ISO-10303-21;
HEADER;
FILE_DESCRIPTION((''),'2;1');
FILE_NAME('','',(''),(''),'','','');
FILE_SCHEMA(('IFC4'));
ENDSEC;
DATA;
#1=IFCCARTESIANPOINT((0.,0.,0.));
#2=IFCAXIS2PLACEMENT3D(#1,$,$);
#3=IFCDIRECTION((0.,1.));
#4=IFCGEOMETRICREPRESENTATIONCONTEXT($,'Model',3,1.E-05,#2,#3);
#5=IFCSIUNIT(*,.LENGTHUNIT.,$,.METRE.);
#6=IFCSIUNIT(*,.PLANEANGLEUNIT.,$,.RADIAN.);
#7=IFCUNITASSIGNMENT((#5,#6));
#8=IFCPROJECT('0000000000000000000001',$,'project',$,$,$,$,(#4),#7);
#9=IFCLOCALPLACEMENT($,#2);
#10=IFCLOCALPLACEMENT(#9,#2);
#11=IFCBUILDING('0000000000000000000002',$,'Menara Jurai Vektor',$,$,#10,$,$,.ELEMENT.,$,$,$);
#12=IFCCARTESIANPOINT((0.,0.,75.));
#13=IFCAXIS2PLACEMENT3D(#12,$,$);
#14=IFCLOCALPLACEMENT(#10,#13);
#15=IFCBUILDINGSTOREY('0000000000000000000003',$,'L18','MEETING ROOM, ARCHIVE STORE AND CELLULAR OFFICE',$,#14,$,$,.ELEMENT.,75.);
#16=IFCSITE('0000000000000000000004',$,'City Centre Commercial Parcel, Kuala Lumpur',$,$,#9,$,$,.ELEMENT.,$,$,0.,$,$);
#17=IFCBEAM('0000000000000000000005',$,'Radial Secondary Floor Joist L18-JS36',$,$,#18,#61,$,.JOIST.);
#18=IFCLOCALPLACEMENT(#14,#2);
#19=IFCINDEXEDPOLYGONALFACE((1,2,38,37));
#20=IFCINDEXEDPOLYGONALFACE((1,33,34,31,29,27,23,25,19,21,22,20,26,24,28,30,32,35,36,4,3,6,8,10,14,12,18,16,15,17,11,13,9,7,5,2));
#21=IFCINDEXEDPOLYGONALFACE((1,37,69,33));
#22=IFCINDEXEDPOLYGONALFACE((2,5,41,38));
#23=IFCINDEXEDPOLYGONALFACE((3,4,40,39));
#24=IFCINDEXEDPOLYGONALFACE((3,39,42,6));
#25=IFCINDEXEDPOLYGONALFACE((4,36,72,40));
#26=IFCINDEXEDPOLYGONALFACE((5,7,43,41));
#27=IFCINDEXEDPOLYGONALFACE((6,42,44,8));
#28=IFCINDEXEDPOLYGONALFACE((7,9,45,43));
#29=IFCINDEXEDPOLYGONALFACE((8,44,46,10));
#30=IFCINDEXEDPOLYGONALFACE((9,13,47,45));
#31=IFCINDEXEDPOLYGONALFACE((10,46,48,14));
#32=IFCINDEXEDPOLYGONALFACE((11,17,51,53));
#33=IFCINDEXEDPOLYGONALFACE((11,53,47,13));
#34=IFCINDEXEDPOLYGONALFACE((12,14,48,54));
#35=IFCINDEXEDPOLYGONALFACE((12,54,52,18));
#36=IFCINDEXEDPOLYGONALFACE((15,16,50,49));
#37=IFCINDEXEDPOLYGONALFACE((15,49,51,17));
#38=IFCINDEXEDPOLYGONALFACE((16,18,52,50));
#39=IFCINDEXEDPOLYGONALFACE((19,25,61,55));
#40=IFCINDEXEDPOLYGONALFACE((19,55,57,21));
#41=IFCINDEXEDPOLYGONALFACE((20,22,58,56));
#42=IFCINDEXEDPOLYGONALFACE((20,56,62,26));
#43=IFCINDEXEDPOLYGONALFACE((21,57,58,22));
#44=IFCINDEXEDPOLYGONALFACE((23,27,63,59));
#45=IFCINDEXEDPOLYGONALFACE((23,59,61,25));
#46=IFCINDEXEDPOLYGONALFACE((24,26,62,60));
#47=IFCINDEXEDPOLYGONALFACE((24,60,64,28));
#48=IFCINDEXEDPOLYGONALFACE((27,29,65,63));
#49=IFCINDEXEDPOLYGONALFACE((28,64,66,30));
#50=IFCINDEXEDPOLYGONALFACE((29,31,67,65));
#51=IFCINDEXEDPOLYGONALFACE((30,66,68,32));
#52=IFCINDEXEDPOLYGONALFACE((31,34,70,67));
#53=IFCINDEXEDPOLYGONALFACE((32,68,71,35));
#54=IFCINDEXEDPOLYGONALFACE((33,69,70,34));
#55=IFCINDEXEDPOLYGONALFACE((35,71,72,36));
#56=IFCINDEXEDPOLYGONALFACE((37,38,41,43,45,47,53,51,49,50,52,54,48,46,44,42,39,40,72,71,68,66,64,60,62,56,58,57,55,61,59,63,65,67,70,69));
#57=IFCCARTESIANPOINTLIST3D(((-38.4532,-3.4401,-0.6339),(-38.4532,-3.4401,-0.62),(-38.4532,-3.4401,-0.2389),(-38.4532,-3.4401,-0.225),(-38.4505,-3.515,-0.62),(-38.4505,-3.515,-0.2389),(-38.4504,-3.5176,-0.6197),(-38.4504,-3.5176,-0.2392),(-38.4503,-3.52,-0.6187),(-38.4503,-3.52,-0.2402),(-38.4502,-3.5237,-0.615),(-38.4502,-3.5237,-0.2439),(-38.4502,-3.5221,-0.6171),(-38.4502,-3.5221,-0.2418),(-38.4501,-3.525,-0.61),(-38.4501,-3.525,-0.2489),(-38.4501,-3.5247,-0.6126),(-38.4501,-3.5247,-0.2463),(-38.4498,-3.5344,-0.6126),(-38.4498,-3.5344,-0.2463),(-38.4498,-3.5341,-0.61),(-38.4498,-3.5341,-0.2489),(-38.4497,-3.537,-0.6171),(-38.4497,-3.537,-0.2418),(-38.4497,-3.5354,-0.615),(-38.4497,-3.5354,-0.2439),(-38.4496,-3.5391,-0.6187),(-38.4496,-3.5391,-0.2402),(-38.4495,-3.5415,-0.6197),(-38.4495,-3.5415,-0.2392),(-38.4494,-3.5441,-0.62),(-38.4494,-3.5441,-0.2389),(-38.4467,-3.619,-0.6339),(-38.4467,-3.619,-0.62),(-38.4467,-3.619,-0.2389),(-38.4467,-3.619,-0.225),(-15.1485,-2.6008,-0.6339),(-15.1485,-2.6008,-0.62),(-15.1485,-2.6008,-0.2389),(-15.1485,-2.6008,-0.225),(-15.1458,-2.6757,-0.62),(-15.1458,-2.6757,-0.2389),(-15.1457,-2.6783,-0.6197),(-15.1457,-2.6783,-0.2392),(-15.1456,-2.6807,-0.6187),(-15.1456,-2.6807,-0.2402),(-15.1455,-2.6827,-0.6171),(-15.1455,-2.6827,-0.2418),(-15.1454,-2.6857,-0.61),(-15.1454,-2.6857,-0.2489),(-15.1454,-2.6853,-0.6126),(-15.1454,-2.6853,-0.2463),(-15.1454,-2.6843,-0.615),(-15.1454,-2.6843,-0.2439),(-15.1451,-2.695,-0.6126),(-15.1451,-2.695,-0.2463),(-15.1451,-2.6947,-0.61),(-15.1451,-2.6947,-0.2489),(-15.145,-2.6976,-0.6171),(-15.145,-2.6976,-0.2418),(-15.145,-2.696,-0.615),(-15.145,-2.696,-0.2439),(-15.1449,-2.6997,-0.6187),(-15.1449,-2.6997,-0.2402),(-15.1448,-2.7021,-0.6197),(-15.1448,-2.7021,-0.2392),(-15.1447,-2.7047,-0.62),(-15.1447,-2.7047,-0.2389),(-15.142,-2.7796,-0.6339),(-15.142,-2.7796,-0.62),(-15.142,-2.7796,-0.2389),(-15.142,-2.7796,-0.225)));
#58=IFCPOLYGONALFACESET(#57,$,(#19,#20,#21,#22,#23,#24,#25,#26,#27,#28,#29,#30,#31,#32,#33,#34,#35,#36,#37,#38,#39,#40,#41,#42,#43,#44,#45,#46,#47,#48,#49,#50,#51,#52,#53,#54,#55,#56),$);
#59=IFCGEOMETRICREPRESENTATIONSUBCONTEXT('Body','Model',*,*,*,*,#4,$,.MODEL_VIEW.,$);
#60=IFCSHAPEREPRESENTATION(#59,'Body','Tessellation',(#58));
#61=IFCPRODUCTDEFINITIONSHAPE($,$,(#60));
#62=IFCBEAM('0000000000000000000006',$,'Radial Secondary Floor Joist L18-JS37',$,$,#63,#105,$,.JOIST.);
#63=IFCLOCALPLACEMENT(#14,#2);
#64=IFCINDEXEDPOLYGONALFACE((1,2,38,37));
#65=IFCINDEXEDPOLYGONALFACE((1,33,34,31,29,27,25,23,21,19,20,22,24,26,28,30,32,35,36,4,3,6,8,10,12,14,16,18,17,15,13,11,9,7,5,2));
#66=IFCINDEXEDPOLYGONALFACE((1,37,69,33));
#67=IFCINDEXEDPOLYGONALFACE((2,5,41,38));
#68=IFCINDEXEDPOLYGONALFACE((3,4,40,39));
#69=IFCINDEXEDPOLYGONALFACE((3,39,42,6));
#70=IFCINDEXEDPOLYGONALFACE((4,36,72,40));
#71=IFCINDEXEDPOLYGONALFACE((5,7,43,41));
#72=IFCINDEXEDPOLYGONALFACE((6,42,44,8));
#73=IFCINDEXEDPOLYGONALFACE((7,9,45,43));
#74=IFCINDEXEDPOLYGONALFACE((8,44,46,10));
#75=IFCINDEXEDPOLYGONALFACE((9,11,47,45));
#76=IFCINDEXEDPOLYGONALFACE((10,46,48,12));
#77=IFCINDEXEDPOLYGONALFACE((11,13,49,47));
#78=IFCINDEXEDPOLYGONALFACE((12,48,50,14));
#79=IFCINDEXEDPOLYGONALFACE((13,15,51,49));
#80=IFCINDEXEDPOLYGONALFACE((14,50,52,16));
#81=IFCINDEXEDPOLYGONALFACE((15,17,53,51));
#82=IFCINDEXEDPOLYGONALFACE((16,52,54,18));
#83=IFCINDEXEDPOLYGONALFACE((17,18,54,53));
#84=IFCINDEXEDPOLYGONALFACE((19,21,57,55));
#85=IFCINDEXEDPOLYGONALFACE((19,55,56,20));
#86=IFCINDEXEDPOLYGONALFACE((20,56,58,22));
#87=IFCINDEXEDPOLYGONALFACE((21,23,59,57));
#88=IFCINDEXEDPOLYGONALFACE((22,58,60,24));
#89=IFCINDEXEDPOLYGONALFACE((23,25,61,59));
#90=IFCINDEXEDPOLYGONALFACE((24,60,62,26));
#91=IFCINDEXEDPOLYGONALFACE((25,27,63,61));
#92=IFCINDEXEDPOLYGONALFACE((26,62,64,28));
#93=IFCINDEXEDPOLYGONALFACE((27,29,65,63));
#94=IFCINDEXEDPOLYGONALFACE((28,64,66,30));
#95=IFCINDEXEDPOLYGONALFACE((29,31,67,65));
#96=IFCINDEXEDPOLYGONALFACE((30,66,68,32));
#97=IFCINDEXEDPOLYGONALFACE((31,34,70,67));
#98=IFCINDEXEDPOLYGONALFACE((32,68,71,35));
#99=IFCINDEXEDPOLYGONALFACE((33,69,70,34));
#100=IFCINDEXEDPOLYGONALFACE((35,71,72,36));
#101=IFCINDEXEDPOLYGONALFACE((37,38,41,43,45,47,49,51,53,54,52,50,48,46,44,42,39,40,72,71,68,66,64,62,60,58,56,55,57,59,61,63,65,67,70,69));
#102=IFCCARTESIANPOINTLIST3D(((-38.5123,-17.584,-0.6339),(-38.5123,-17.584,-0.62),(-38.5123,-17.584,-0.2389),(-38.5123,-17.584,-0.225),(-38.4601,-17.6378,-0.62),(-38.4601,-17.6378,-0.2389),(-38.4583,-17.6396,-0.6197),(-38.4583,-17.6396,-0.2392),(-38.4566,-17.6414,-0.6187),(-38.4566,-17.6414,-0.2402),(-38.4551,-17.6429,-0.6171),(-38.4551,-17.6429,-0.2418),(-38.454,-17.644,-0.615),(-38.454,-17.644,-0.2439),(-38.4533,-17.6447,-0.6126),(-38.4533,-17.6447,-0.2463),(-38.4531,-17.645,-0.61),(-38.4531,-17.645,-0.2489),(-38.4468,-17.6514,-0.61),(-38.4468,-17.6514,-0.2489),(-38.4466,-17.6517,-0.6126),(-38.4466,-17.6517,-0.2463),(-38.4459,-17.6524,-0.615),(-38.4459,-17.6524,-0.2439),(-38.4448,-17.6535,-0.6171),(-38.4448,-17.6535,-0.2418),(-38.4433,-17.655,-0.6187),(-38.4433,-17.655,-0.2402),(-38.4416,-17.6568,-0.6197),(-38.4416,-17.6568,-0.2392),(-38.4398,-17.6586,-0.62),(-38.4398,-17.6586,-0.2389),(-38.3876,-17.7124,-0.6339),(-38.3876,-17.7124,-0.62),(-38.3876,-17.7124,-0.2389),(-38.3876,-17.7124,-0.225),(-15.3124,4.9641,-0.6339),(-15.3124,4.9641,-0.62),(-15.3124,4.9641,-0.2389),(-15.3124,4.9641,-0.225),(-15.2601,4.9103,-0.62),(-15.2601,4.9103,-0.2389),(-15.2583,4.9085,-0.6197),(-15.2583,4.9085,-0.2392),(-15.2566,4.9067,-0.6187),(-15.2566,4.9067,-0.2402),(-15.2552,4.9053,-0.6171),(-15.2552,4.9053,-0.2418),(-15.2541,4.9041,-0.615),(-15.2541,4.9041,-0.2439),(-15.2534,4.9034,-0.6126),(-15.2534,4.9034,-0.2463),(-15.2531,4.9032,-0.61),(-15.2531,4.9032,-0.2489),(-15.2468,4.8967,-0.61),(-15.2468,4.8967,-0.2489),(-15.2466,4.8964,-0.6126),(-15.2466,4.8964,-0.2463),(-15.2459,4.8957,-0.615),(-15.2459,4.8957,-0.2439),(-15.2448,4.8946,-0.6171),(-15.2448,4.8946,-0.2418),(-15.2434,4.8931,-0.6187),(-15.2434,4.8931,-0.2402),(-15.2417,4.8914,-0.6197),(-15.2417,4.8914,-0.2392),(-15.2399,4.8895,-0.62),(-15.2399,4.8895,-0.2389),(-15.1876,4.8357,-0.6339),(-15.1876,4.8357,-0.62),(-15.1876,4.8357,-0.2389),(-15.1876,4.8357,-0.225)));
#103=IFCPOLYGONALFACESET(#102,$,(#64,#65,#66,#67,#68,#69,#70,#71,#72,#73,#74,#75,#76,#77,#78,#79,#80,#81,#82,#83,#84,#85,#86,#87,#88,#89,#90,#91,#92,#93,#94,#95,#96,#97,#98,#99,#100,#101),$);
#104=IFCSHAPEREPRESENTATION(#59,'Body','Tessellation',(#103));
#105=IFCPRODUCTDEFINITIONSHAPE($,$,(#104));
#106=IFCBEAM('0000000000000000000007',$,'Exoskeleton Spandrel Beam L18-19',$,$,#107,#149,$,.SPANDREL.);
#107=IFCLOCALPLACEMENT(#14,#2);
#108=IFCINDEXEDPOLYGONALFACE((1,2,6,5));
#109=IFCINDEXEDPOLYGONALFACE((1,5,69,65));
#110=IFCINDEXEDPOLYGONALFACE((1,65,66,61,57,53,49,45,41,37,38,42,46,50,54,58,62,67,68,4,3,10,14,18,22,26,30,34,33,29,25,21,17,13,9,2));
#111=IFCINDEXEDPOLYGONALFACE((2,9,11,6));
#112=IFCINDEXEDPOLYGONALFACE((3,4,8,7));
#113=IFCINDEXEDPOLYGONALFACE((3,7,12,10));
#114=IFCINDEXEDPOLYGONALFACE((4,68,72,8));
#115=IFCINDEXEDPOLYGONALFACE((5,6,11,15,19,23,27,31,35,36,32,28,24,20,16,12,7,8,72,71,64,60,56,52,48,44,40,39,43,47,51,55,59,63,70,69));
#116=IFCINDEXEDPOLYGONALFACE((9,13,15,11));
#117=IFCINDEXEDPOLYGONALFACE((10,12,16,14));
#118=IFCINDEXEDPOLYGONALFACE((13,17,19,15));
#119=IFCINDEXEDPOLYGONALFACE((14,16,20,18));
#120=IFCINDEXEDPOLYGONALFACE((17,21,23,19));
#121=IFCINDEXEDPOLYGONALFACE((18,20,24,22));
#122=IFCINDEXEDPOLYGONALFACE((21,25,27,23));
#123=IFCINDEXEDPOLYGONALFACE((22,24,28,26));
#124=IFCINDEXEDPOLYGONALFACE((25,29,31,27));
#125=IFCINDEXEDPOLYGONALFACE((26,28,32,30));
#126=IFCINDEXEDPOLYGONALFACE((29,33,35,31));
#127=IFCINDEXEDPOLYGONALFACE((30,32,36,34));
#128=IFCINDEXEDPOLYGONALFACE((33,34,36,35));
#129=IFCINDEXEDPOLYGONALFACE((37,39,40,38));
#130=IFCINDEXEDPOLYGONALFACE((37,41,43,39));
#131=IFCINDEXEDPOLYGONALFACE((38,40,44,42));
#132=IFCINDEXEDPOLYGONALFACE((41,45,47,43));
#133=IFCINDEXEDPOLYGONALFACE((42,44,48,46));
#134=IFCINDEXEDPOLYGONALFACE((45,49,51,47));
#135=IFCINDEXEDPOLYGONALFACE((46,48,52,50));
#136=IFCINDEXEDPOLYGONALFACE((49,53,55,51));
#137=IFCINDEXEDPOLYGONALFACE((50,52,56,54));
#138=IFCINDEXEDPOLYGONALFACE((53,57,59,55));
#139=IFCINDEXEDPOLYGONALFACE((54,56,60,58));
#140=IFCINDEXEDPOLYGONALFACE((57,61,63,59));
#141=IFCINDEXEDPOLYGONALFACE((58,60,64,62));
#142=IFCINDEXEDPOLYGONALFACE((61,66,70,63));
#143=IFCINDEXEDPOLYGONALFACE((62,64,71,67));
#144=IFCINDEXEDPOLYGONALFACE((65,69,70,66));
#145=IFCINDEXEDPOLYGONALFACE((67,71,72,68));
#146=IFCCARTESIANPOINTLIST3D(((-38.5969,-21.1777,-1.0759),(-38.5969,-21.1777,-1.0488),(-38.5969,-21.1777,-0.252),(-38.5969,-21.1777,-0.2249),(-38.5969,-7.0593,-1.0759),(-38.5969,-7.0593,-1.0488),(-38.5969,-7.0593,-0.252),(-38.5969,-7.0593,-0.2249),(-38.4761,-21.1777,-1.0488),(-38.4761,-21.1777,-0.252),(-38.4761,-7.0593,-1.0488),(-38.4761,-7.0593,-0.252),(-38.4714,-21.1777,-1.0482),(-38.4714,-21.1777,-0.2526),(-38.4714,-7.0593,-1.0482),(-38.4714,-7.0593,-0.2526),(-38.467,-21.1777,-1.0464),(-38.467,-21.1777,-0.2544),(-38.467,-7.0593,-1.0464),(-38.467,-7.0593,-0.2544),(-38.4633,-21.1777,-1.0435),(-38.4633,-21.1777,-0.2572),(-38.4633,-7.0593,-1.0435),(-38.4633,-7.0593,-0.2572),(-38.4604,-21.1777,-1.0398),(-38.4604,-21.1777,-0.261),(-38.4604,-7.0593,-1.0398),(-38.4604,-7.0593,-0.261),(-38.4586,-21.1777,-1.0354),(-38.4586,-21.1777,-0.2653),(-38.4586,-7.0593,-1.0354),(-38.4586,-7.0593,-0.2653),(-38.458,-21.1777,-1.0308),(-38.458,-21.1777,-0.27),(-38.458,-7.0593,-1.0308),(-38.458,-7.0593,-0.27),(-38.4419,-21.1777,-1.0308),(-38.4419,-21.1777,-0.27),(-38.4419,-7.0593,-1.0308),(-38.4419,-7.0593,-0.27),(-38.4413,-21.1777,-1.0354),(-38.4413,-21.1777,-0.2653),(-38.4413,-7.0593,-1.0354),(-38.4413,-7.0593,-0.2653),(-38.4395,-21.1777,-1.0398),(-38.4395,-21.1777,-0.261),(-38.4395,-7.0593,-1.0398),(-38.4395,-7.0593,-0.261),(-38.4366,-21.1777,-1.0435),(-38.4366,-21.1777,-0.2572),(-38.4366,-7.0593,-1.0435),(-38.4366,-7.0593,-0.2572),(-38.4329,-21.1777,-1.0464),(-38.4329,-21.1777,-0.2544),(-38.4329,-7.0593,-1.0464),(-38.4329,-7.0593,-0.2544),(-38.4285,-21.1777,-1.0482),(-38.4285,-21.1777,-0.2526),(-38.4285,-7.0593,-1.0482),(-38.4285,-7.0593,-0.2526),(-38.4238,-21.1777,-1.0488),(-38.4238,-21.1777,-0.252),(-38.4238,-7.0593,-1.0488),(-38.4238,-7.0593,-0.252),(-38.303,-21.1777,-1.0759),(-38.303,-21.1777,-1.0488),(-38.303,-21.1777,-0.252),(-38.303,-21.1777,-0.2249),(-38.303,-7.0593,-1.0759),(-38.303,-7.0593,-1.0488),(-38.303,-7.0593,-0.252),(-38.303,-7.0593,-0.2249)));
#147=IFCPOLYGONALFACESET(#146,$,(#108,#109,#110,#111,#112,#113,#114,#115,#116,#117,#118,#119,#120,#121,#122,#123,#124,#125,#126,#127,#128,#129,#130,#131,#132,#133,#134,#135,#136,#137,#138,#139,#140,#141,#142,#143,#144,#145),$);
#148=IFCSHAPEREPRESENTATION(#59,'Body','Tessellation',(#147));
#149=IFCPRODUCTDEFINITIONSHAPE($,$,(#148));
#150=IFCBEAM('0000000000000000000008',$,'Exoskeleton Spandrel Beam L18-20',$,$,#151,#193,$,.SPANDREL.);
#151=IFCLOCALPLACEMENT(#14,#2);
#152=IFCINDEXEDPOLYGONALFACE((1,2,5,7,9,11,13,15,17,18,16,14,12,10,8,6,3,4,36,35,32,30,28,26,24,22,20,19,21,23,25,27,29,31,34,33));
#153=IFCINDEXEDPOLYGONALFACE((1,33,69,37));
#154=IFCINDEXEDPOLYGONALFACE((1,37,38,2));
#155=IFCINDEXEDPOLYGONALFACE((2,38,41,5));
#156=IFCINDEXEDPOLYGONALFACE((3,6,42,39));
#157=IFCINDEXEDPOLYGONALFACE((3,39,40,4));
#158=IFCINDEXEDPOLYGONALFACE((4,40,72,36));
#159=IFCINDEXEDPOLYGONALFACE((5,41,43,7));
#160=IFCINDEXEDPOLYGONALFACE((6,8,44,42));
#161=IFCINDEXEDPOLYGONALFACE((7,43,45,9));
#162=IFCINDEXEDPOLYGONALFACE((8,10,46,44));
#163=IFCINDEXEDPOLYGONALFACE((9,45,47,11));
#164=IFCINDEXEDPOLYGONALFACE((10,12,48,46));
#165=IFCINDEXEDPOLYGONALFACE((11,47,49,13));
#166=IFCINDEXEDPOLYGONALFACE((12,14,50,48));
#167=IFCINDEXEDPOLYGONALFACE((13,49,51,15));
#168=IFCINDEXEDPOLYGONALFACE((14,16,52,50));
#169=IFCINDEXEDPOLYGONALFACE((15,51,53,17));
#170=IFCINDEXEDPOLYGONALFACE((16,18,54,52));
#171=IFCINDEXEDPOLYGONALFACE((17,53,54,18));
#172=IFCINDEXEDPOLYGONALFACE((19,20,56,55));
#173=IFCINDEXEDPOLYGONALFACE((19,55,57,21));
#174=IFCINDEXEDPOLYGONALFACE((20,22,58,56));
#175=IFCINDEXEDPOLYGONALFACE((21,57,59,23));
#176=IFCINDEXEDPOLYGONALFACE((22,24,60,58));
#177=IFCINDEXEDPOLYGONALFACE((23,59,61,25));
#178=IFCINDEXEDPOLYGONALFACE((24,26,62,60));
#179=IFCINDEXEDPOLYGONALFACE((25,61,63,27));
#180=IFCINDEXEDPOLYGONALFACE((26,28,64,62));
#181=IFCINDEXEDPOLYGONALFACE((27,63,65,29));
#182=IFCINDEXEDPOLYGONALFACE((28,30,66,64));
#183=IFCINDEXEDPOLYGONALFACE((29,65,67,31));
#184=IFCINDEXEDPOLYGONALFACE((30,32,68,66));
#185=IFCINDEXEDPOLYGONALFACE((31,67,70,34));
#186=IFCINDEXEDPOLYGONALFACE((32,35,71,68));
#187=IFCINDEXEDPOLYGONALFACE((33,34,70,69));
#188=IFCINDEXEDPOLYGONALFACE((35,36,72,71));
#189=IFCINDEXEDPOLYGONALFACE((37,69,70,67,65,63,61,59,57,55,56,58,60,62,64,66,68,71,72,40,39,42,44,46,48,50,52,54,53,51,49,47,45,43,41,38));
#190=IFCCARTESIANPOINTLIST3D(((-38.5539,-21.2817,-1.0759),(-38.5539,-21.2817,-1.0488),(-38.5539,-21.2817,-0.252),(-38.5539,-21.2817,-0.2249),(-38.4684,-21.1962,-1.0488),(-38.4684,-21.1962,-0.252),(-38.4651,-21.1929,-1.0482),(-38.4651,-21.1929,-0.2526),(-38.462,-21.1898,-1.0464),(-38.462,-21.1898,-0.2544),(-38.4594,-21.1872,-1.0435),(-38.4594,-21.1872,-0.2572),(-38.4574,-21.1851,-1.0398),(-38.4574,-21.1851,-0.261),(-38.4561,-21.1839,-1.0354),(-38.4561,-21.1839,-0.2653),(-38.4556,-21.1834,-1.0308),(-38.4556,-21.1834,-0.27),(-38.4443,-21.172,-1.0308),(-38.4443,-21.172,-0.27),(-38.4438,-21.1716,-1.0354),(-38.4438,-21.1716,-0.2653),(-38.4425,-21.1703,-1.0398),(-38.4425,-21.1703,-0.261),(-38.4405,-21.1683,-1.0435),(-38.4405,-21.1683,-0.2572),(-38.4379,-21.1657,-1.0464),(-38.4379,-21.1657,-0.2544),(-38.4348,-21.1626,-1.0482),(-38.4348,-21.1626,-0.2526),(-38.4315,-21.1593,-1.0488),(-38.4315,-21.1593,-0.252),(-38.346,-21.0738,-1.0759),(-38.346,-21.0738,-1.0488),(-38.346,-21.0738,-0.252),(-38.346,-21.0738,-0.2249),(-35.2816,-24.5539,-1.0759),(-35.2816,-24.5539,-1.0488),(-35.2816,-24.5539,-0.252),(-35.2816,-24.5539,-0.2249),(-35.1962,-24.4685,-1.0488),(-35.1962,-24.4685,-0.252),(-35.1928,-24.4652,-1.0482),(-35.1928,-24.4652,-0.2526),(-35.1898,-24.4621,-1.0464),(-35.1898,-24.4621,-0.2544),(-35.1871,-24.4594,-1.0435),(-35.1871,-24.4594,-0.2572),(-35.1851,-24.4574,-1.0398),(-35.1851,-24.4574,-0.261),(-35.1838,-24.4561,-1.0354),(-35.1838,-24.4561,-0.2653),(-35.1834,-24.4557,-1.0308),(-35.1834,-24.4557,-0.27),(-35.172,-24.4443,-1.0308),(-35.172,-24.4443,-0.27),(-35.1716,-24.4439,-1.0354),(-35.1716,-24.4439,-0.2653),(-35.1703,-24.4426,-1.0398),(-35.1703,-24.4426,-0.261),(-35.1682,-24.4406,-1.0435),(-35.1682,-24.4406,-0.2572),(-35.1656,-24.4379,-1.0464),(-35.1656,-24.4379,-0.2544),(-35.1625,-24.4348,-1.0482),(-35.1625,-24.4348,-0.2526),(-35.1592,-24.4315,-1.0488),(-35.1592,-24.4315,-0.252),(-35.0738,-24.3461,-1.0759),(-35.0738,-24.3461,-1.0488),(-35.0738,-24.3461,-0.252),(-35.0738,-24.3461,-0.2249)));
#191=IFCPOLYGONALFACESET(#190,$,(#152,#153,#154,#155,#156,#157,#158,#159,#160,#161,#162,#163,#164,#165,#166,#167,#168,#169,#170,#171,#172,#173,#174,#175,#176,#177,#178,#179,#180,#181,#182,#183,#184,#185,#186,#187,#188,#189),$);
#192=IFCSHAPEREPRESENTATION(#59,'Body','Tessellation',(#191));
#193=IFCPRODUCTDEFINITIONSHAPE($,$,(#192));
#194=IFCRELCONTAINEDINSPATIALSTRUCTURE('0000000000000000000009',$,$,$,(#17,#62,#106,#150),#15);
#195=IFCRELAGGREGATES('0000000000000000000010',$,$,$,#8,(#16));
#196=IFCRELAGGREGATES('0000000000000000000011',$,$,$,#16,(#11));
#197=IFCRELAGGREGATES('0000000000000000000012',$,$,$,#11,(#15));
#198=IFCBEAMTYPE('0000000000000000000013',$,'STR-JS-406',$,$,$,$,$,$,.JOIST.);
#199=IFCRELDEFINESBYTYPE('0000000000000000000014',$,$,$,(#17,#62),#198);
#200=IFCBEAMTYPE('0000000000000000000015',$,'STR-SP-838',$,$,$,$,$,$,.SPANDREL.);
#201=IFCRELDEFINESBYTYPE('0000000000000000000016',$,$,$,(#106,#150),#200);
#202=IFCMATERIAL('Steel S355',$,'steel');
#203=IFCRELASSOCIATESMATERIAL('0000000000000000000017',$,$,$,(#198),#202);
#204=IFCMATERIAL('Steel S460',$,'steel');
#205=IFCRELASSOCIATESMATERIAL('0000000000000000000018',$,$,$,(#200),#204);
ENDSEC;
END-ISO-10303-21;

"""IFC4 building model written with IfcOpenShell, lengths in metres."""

from ifc_helpers import new_model, si_unit, direction, frame, origin, origin_2d, place, context, subcontext, project, spatial, i_section, extrude, material, material_profile, profile_set, type_object, element, save


model = new_model("IFC4")

# Units and contexts
model_context = context("Model", 3, precision=1e-05, world=origin(), true_north=direction((0.0, 1.0)))
body_context = subcontext(model_context, "Body", "Model", "MODEL_VIEW")
ifc_project = project(units=[si_unit("LENGTHUNIT", "METRE"), si_unit("PLANEANGLEUNIT", "RADIAN")], contexts=[model_context])

# Site, building, storey
site_placement = place(None, origin())
site = spatial("IfcSite", under=ifc_project, at=site_placement, Name="City Centre Commercial Parcel, Kuala Lumpur", CompositionType="ELEMENT", RefElevation=0.0)
building_placement = place(site_placement, origin())
building = spatial("IfcBuilding", under=site, at=building_placement, Name="Menara Jurai Vektor", CompositionType="ELEMENT")
storey_placement = place(building_placement, frame((0.0, 0.0, 75.0)))
storey = spatial("IfcBuildingStorey", under=building, at=storey_placement, Name="L18", Description="MEETING ROOM, ARCHIVE STORE AND CELLULAR OFFICE", CompositionType="ELEMENT", Elevation=75.0)

# Shared definitions
ifc_material_1 = material(Name="Steel S460", Category="steel")

# Shared definitions
ifc_material_2 = material(Name="Steel S355", Category="steel")

# Beams
ifc_material_profile_1 = material_profile(ifc_material_2, i_section(OverallWidth=0.179, OverallDepth=0.4089, WebThickness=0.009, FlangeThickness=0.0139, FilletRadius=0.01, at=origin_2d()), Name="UKB 406x178x67")
ifc_profile_set_1 = profile_set([ifc_material_profile_1], Name="Steel S355")
beam_type_1 = type_object("IfcBeamType", Name="STR-JS-406", PredefinedType="JOIST", material=ifc_profile_set_1)
beam_1_placement = place(storey_placement, frame((-38.45, -3.5295, -0.4294), z_axis=(0.999352, 0.035993, 0.0), x_axis=(-0.035993, 0.999352, 0.0)))
element("IfcBeam", 1, at=beam_1_placement, inside=storey, type_object=beam_type_1, Name="Radial Secondary Floor Joist L18-JS36", PredefinedType="JOIST", context=body_context, shape_type="SweptSolid", body=[
    extrude(i_section(OverallWidth=0.179, OverallDepth=0.4089, WebThickness=0.009, FlangeThickness=0.0139, FilletRadius=0.01, at=origin_2d()), origin(), (0.0, 0.0, 1.0), 23.3198),
])
beam_2_placement = place(storey_placement, frame((-38.45, -17.6482, -0.4294), z_axis=(0.717109, 0.696961, 0.0), x_axis=(-0.696961, 0.717109, 0.0)))
element("IfcBeam", 2, at=beam_2_placement, inside=storey, type_object=beam_type_1, Name="Radial Secondary Floor Joist L18-JS37", PredefinedType="JOIST", context=body_context, shape_type="SweptSolid", body=[
    extrude(i_section(OverallWidth=0.179, OverallDepth=0.4089, WebThickness=0.009, FlangeThickness=0.0139, FilletRadius=0.01, at=origin_2d()), origin(), (0.0, 0.0, 1.0), 32.3521),
])
ifc_material_profile_2 = material_profile(ifc_material_1, i_section(OverallWidth=0.2939, OverallDepth=0.8511, WebThickness=0.0161, FlangeThickness=0.0271, FilletRadius=0.0181, at=origin_2d()), Name="UKB 838x292x226")
ifc_profile_set_2 = profile_set([ifc_material_profile_2], Name="Steel S460")
beam_type_2 = type_object("IfcBeamType", Name="STR-SP-838", PredefinedType="SPANDREL", material=ifc_profile_set_2)
beam_3_placement = place(storey_placement, frame((-38.45, -7.0593, -0.6504), z_axis=(0.0, -1.0, 0.0), x_axis=(1.0, 0.0, 0.0)))
element("IfcBeam", 3, at=beam_3_placement, inside=storey, type_object=beam_type_2, Name="Exoskeleton Spandrel Beam L18-19", PredefinedType="SPANDREL", context=body_context, shape_type="SweptSolid", body=[
    extrude(i_section(OverallWidth=0.2939, OverallDepth=0.8511, WebThickness=0.0161, FlangeThickness=0.0271, FilletRadius=0.0181, at=origin_2d()), origin(), (0.0, 0.0, 1.0), 14.1184),
])
beam_4_placement = place(storey_placement, frame((-38.45, -21.1777, -0.6504), z_axis=(0.707107, -0.707107, 0.0), x_axis=(0.707107, 0.707107, 0.0)))
element("IfcBeam", 4, at=beam_4_placement, inside=storey, type_object=beam_type_2, Name="Exoskeleton Spandrel Beam L18-20", PredefinedType="SPANDREL", context=body_context, shape_type="SweptSolid", body=[
    extrude(i_section(OverallWidth=0.2939, OverallDepth=0.8511, WebThickness=0.0161, FlangeThickness=0.0271, FilletRadius=0.0181, at=origin_2d()), origin(), (0.0, 0.0, 1.0), 4.6277),
])

save(model, "model.ifc")
